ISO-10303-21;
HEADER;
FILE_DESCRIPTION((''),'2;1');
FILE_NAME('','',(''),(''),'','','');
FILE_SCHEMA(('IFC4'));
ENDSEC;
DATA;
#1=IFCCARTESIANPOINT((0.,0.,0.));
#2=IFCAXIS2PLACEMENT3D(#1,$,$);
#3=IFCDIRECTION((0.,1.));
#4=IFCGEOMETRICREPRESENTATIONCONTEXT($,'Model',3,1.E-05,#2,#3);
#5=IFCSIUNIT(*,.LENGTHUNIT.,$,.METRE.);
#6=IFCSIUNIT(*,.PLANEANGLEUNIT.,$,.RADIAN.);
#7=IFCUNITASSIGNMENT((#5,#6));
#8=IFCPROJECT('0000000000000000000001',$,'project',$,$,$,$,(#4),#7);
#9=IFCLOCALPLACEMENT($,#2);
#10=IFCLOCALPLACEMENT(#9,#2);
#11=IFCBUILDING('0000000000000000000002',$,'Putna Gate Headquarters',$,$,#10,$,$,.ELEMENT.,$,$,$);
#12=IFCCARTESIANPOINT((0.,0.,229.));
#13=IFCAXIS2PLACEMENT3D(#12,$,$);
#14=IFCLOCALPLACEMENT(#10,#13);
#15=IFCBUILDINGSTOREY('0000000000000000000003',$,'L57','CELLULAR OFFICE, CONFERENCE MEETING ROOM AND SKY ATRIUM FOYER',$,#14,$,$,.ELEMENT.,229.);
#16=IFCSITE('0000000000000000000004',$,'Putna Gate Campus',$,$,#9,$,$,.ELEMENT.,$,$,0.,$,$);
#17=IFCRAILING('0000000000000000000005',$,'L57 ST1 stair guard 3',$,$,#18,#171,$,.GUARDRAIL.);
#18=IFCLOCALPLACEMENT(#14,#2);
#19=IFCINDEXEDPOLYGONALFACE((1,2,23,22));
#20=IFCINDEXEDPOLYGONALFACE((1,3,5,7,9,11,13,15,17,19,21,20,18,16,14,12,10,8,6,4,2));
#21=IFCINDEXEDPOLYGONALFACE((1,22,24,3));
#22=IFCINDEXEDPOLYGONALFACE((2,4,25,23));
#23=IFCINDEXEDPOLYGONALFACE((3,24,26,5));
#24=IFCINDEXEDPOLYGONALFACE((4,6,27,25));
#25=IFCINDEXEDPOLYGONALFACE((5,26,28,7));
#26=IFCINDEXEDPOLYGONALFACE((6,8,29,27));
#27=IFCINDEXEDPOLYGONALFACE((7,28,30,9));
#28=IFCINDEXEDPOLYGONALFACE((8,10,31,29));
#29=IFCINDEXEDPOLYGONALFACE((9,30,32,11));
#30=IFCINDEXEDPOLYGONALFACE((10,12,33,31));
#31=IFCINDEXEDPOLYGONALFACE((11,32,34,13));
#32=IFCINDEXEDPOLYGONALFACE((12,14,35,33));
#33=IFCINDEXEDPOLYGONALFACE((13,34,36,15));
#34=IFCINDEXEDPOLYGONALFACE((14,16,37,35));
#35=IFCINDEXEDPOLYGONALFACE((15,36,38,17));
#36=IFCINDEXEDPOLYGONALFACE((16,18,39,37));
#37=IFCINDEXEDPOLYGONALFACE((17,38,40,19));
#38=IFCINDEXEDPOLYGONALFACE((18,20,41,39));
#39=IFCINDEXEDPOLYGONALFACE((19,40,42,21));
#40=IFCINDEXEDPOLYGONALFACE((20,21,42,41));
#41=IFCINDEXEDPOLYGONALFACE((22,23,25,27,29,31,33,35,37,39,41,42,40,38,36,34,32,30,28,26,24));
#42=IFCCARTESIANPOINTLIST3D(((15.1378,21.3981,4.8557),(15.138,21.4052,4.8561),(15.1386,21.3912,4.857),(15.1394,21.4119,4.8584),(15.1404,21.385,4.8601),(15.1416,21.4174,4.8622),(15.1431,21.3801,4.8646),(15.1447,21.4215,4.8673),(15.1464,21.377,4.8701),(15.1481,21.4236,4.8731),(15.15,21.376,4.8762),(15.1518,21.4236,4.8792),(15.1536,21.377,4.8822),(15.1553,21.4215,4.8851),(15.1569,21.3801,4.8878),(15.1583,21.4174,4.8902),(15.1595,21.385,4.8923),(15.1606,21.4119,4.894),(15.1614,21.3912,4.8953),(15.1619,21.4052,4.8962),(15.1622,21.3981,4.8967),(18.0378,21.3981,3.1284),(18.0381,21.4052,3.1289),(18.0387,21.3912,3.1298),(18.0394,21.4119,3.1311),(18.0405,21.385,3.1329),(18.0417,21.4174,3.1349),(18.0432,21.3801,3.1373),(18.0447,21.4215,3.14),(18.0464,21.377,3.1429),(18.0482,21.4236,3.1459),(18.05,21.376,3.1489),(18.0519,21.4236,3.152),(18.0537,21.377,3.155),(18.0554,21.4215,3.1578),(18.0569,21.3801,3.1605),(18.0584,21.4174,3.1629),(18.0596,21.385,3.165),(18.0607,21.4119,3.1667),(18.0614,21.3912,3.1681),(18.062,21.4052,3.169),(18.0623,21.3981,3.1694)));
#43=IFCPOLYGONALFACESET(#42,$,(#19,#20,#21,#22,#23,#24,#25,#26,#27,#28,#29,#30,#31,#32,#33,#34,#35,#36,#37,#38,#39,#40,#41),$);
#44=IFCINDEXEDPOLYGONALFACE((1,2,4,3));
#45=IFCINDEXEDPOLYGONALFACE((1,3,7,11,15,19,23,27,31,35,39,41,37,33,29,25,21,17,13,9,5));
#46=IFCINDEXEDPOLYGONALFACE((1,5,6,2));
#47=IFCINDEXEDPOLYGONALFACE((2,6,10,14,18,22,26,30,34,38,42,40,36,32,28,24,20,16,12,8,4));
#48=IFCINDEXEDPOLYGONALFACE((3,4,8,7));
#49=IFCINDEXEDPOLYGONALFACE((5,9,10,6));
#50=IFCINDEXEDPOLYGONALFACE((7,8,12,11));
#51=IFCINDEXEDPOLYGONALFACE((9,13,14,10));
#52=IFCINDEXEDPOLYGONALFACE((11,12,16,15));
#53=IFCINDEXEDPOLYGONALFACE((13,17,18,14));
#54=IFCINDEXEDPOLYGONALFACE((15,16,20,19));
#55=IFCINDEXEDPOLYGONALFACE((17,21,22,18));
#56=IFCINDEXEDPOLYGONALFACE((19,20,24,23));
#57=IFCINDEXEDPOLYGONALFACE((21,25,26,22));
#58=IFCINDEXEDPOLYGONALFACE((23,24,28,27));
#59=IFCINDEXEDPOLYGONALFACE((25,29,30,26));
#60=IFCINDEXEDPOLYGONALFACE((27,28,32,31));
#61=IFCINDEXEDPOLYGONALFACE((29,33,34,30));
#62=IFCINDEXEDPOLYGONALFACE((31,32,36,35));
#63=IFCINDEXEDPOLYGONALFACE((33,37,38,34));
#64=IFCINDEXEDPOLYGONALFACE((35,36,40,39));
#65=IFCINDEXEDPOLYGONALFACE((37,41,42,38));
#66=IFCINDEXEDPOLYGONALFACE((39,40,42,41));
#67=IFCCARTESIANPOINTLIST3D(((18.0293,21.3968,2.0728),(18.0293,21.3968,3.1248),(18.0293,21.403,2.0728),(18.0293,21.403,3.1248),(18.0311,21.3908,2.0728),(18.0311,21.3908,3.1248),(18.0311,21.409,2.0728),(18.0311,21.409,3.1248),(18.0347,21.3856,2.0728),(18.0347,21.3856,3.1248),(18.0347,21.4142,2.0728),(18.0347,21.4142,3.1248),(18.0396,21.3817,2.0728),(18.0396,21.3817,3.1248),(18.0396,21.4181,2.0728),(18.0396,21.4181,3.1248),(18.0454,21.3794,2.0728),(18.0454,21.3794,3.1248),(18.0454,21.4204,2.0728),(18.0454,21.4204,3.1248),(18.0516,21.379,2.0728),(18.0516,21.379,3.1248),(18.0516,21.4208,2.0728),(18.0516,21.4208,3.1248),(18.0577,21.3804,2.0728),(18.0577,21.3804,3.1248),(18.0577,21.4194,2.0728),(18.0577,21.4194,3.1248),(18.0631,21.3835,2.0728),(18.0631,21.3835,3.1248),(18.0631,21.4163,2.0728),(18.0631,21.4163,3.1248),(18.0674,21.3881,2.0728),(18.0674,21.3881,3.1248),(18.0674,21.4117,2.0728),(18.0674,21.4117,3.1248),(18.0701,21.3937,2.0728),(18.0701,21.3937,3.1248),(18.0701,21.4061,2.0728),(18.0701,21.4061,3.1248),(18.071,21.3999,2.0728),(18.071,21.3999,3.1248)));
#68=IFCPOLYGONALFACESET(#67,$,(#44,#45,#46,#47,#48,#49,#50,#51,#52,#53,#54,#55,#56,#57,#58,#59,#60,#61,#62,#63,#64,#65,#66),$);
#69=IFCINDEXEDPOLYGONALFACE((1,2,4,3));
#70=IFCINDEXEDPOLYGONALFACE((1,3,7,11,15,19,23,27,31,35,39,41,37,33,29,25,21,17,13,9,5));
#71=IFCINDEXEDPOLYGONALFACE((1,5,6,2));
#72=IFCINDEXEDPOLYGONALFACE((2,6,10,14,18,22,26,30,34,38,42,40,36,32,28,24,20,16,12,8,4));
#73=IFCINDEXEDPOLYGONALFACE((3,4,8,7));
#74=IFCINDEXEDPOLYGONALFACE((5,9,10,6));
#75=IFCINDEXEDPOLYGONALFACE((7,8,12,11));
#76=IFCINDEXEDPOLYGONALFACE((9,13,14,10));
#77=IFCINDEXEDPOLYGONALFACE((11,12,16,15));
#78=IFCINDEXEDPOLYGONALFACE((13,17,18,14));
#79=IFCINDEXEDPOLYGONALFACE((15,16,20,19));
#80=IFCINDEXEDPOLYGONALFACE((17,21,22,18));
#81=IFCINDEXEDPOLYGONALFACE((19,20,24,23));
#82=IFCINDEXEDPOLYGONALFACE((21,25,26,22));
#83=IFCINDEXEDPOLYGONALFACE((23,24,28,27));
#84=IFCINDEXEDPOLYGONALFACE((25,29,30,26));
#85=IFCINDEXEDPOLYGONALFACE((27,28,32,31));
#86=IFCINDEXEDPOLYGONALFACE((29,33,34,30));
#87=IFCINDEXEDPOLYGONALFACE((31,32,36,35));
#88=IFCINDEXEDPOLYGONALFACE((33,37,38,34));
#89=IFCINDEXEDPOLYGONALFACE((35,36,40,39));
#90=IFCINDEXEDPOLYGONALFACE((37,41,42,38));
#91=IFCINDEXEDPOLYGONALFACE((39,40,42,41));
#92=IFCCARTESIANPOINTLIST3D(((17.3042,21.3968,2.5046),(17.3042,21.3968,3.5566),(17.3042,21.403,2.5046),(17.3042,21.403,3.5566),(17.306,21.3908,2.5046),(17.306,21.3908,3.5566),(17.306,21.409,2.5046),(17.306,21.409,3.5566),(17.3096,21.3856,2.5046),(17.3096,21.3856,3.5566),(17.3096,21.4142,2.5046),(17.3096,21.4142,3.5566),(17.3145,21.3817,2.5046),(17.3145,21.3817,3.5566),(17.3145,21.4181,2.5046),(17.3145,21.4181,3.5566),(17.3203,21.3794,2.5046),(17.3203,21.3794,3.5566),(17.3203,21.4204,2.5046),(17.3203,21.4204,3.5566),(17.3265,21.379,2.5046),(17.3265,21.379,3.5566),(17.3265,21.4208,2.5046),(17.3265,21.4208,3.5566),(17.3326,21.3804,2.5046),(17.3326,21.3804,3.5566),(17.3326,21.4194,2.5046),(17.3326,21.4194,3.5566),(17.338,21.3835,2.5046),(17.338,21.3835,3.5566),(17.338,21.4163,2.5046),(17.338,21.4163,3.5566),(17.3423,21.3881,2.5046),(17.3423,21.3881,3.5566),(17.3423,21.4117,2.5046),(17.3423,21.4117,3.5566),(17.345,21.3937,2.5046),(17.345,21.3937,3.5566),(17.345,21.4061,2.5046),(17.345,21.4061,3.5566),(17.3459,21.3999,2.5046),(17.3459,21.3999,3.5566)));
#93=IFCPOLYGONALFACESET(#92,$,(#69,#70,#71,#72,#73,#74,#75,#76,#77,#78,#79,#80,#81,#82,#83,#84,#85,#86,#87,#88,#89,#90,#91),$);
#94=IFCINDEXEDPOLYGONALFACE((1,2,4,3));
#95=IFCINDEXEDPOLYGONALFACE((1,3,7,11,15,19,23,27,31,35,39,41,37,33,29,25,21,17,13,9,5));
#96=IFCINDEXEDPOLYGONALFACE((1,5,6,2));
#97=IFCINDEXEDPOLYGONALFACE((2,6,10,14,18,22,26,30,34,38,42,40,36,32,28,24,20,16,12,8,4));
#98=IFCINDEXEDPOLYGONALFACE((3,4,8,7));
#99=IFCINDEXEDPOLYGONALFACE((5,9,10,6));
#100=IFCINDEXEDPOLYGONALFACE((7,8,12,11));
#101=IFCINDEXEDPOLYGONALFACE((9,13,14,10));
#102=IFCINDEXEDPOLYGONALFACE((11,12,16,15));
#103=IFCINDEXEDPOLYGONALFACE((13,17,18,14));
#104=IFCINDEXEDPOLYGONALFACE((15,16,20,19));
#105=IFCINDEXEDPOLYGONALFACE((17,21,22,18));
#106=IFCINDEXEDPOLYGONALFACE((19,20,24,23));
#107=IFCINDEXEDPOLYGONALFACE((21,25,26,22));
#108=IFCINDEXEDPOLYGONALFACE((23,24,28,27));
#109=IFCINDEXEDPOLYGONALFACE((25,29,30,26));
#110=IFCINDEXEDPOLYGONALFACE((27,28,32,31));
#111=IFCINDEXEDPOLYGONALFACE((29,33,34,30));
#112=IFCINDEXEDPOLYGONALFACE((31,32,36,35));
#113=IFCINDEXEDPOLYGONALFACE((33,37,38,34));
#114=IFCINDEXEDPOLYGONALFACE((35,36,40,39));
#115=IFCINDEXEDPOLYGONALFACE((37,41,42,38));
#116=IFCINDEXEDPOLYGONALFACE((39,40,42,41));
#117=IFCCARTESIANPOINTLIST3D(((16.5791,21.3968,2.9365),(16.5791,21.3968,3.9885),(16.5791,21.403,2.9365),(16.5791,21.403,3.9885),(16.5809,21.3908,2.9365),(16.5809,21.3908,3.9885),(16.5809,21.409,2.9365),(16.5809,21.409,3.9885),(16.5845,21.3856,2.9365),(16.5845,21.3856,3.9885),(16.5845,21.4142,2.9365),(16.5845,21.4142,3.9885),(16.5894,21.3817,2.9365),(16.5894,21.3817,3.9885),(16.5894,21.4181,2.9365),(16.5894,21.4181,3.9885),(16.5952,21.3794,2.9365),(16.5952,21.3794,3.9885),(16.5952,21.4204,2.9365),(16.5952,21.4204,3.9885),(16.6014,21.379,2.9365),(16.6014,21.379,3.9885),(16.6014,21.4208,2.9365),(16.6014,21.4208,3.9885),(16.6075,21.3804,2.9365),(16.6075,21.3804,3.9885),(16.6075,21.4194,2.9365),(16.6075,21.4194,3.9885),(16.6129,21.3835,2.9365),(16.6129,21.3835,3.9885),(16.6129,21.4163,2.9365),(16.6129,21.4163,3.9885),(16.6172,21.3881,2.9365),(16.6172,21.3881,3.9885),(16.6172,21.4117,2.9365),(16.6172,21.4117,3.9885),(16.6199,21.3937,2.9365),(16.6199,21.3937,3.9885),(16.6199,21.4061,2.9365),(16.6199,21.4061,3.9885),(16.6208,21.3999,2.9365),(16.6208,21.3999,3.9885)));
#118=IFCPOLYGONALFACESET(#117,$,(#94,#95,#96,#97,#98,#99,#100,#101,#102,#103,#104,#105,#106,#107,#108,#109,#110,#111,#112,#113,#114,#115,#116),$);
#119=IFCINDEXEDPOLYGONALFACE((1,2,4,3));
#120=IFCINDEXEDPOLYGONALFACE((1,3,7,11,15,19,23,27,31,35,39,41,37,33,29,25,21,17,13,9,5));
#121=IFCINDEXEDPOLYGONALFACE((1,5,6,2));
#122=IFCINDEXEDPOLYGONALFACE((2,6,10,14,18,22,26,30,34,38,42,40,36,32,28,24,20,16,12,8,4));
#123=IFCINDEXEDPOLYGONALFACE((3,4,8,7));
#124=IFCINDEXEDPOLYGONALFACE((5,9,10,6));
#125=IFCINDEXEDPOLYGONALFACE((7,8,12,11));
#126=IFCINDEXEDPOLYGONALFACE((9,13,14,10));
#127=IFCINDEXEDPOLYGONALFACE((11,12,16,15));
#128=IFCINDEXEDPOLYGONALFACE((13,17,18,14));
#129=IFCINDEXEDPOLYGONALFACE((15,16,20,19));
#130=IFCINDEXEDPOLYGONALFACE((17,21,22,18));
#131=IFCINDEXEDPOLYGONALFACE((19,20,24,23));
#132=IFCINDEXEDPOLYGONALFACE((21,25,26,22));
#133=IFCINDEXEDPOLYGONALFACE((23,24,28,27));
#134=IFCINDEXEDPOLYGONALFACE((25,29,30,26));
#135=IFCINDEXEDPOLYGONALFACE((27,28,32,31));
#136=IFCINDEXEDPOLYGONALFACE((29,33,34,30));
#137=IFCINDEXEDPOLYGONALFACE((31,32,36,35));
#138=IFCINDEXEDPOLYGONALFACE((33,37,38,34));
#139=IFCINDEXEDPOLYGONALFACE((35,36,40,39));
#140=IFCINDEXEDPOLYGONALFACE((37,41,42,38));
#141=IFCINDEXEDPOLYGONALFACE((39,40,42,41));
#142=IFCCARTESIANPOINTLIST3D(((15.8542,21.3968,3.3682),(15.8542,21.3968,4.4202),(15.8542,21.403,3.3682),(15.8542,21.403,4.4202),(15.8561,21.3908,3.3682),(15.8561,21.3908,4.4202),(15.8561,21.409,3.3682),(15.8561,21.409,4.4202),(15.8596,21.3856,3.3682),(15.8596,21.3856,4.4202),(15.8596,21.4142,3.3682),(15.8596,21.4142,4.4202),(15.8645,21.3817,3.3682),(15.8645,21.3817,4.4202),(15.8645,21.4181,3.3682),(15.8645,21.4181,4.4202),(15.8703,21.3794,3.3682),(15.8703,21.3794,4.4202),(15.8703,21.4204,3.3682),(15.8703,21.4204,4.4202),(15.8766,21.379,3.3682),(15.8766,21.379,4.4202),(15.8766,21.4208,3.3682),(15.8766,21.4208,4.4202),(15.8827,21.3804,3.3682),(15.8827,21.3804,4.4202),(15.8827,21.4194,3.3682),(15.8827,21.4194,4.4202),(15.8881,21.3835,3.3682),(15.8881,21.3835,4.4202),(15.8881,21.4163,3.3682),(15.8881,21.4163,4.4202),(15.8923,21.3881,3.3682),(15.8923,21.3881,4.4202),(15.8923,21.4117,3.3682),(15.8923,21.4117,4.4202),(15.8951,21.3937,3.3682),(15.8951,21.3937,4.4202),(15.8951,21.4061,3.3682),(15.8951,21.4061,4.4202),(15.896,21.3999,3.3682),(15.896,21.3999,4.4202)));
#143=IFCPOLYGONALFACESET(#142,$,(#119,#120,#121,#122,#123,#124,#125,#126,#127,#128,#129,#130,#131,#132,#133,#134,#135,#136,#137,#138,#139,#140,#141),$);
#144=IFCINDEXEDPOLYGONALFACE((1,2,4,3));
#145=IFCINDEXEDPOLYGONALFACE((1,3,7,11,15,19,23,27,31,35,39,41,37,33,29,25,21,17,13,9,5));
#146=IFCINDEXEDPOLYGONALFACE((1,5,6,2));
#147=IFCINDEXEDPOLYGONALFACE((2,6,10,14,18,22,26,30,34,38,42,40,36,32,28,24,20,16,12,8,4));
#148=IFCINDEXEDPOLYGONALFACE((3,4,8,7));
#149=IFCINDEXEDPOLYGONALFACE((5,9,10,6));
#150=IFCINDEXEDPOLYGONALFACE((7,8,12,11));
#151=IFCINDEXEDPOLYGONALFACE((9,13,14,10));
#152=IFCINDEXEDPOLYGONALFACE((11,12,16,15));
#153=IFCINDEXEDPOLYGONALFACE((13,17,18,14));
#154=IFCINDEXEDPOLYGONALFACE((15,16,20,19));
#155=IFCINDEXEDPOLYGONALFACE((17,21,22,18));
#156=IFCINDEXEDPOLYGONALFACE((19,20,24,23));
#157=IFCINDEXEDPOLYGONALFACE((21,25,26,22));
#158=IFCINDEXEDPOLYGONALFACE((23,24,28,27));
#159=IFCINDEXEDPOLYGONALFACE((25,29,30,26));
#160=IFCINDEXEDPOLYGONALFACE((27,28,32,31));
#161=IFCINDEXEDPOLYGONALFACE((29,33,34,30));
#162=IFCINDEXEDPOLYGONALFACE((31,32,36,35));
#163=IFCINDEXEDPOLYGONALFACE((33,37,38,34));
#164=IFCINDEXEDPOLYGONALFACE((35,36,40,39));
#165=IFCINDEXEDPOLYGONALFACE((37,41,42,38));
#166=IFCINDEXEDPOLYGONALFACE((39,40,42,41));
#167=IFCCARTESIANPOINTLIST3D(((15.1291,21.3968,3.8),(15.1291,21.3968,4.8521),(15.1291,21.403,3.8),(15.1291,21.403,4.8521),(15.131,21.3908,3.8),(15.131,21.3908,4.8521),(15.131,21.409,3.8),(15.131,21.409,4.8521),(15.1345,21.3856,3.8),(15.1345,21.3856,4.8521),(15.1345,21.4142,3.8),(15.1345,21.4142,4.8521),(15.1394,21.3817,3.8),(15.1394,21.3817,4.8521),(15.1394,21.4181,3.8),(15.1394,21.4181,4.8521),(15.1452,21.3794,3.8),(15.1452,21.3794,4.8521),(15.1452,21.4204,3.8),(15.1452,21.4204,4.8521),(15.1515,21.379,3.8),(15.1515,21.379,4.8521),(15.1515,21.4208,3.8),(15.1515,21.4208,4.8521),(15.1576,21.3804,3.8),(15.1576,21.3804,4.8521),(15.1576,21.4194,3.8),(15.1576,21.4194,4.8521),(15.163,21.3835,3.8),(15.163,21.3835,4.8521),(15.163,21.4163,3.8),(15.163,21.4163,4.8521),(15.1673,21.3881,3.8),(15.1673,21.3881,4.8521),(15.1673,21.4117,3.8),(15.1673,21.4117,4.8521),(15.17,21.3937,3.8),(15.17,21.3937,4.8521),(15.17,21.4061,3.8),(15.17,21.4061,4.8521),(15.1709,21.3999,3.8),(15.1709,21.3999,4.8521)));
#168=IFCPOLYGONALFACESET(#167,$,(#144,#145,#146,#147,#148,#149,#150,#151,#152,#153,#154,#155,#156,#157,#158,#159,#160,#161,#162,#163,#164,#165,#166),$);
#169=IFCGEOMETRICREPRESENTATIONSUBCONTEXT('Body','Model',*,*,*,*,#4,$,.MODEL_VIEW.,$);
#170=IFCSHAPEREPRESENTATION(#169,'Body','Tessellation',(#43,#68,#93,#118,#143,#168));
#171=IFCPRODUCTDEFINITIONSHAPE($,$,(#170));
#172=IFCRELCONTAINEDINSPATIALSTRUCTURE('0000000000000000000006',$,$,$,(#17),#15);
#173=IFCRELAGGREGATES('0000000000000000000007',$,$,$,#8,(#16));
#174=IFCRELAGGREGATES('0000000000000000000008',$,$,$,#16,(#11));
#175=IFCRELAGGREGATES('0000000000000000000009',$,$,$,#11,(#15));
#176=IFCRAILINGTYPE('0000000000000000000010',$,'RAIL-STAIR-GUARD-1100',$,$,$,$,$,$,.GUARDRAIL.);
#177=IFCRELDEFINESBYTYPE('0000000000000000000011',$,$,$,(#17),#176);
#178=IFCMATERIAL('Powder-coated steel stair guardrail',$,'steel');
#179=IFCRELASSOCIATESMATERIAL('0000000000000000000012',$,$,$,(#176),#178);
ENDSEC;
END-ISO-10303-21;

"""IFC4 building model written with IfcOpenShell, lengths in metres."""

from ifc_helpers import new_model, si_unit, direction, frame, origin, origin_2d, place, context, subcontext, project, spatial, circle, extrude, material, type_object, element, save


model = new_model("IFC4")

# Units and contexts
model_context = context("Model", 3, precision=1e-05, world=origin(), true_north=direction((0.0, 1.0)))
body_context = subcontext(model_context, "Body", "Model", "MODEL_VIEW")
ifc_project = project(units=[si_unit("LENGTHUNIT", "METRE"), si_unit("PLANEANGLEUNIT", "RADIAN")], contexts=[model_context])

# Site, building, storey
site_placement = place(None, origin())
site = spatial("IfcSite", under=ifc_project, at=site_placement, Name="Putna Gate Campus", CompositionType="ELEMENT", RefElevation=0.0)
building_placement = place(site_placement, origin())
building = spatial("IfcBuilding", under=site, at=building_placement, Name="Putna Gate Headquarters", CompositionType="ELEMENT")
storey_placement = place(building_placement, frame((0.0, 0.0, 229.0)))
storey = spatial("IfcBuildingStorey", under=building, at=storey_placement, Name="L57", Description="CELLULAR OFFICE, CONFERENCE MEETING ROOM AND SKY ATRIUM FOYER", CompositionType="ELEMENT", Elevation=229.0)

# Railing
ifc_material_1 = material(Name="Powder-coated steel stair guardrail", Category="steel")
railing_type = type_object("IfcRailingType", Name="RAIL-STAIR-GUARD-1100", PredefinedType="GUARDRAIL", material=ifc_material_1)
railing_1_placement = place(storey_placement, frame((18.05, 21.3999, 2.0728)))
element("IfcRailing", 1, at=railing_1_placement, inside=storey, type_object=railing_type, Name="L57 ST1 stair guard 3", PredefinedType="GUARDRAIL", context=body_context, shape_type="SweptSolid", body=[
    extrude(circle(Radius=0.0239, at=origin_2d()), frame((0.0, 0.0, 1.0762), z_axis=(-0.85916, 0.0, 0.511706), x_axis=(0.0, -1.0, 0.0)), (0.0, 0.0, 1.0), 3.3755),
    extrude(circle(Radius=0.021, at=origin_2d()), origin(), (0.0, 0.0, 1.0), 1.052),
    extrude(circle(Radius=0.021, at=origin_2d()), frame((-0.7251, 0.0, 0.4319)), (0.0, 0.0, 1.0), 1.052),
    extrude(circle(Radius=0.021, at=origin_2d()), frame((-1.4502, 0.0, 0.8638)), (0.0, 0.0, 1.0), 1.052),
    extrude(circle(Radius=0.021, at=origin_2d()), frame((-2.175, 0.0, 1.2954)), (0.0, 0.0, 1.0), 1.052),
    extrude(circle(Radius=0.021, at=origin_2d()), frame((-2.9001, 0.0, 1.7273)), (0.0, 0.0, 1.0), 1.052),
])

save(model, "model.ifc")
